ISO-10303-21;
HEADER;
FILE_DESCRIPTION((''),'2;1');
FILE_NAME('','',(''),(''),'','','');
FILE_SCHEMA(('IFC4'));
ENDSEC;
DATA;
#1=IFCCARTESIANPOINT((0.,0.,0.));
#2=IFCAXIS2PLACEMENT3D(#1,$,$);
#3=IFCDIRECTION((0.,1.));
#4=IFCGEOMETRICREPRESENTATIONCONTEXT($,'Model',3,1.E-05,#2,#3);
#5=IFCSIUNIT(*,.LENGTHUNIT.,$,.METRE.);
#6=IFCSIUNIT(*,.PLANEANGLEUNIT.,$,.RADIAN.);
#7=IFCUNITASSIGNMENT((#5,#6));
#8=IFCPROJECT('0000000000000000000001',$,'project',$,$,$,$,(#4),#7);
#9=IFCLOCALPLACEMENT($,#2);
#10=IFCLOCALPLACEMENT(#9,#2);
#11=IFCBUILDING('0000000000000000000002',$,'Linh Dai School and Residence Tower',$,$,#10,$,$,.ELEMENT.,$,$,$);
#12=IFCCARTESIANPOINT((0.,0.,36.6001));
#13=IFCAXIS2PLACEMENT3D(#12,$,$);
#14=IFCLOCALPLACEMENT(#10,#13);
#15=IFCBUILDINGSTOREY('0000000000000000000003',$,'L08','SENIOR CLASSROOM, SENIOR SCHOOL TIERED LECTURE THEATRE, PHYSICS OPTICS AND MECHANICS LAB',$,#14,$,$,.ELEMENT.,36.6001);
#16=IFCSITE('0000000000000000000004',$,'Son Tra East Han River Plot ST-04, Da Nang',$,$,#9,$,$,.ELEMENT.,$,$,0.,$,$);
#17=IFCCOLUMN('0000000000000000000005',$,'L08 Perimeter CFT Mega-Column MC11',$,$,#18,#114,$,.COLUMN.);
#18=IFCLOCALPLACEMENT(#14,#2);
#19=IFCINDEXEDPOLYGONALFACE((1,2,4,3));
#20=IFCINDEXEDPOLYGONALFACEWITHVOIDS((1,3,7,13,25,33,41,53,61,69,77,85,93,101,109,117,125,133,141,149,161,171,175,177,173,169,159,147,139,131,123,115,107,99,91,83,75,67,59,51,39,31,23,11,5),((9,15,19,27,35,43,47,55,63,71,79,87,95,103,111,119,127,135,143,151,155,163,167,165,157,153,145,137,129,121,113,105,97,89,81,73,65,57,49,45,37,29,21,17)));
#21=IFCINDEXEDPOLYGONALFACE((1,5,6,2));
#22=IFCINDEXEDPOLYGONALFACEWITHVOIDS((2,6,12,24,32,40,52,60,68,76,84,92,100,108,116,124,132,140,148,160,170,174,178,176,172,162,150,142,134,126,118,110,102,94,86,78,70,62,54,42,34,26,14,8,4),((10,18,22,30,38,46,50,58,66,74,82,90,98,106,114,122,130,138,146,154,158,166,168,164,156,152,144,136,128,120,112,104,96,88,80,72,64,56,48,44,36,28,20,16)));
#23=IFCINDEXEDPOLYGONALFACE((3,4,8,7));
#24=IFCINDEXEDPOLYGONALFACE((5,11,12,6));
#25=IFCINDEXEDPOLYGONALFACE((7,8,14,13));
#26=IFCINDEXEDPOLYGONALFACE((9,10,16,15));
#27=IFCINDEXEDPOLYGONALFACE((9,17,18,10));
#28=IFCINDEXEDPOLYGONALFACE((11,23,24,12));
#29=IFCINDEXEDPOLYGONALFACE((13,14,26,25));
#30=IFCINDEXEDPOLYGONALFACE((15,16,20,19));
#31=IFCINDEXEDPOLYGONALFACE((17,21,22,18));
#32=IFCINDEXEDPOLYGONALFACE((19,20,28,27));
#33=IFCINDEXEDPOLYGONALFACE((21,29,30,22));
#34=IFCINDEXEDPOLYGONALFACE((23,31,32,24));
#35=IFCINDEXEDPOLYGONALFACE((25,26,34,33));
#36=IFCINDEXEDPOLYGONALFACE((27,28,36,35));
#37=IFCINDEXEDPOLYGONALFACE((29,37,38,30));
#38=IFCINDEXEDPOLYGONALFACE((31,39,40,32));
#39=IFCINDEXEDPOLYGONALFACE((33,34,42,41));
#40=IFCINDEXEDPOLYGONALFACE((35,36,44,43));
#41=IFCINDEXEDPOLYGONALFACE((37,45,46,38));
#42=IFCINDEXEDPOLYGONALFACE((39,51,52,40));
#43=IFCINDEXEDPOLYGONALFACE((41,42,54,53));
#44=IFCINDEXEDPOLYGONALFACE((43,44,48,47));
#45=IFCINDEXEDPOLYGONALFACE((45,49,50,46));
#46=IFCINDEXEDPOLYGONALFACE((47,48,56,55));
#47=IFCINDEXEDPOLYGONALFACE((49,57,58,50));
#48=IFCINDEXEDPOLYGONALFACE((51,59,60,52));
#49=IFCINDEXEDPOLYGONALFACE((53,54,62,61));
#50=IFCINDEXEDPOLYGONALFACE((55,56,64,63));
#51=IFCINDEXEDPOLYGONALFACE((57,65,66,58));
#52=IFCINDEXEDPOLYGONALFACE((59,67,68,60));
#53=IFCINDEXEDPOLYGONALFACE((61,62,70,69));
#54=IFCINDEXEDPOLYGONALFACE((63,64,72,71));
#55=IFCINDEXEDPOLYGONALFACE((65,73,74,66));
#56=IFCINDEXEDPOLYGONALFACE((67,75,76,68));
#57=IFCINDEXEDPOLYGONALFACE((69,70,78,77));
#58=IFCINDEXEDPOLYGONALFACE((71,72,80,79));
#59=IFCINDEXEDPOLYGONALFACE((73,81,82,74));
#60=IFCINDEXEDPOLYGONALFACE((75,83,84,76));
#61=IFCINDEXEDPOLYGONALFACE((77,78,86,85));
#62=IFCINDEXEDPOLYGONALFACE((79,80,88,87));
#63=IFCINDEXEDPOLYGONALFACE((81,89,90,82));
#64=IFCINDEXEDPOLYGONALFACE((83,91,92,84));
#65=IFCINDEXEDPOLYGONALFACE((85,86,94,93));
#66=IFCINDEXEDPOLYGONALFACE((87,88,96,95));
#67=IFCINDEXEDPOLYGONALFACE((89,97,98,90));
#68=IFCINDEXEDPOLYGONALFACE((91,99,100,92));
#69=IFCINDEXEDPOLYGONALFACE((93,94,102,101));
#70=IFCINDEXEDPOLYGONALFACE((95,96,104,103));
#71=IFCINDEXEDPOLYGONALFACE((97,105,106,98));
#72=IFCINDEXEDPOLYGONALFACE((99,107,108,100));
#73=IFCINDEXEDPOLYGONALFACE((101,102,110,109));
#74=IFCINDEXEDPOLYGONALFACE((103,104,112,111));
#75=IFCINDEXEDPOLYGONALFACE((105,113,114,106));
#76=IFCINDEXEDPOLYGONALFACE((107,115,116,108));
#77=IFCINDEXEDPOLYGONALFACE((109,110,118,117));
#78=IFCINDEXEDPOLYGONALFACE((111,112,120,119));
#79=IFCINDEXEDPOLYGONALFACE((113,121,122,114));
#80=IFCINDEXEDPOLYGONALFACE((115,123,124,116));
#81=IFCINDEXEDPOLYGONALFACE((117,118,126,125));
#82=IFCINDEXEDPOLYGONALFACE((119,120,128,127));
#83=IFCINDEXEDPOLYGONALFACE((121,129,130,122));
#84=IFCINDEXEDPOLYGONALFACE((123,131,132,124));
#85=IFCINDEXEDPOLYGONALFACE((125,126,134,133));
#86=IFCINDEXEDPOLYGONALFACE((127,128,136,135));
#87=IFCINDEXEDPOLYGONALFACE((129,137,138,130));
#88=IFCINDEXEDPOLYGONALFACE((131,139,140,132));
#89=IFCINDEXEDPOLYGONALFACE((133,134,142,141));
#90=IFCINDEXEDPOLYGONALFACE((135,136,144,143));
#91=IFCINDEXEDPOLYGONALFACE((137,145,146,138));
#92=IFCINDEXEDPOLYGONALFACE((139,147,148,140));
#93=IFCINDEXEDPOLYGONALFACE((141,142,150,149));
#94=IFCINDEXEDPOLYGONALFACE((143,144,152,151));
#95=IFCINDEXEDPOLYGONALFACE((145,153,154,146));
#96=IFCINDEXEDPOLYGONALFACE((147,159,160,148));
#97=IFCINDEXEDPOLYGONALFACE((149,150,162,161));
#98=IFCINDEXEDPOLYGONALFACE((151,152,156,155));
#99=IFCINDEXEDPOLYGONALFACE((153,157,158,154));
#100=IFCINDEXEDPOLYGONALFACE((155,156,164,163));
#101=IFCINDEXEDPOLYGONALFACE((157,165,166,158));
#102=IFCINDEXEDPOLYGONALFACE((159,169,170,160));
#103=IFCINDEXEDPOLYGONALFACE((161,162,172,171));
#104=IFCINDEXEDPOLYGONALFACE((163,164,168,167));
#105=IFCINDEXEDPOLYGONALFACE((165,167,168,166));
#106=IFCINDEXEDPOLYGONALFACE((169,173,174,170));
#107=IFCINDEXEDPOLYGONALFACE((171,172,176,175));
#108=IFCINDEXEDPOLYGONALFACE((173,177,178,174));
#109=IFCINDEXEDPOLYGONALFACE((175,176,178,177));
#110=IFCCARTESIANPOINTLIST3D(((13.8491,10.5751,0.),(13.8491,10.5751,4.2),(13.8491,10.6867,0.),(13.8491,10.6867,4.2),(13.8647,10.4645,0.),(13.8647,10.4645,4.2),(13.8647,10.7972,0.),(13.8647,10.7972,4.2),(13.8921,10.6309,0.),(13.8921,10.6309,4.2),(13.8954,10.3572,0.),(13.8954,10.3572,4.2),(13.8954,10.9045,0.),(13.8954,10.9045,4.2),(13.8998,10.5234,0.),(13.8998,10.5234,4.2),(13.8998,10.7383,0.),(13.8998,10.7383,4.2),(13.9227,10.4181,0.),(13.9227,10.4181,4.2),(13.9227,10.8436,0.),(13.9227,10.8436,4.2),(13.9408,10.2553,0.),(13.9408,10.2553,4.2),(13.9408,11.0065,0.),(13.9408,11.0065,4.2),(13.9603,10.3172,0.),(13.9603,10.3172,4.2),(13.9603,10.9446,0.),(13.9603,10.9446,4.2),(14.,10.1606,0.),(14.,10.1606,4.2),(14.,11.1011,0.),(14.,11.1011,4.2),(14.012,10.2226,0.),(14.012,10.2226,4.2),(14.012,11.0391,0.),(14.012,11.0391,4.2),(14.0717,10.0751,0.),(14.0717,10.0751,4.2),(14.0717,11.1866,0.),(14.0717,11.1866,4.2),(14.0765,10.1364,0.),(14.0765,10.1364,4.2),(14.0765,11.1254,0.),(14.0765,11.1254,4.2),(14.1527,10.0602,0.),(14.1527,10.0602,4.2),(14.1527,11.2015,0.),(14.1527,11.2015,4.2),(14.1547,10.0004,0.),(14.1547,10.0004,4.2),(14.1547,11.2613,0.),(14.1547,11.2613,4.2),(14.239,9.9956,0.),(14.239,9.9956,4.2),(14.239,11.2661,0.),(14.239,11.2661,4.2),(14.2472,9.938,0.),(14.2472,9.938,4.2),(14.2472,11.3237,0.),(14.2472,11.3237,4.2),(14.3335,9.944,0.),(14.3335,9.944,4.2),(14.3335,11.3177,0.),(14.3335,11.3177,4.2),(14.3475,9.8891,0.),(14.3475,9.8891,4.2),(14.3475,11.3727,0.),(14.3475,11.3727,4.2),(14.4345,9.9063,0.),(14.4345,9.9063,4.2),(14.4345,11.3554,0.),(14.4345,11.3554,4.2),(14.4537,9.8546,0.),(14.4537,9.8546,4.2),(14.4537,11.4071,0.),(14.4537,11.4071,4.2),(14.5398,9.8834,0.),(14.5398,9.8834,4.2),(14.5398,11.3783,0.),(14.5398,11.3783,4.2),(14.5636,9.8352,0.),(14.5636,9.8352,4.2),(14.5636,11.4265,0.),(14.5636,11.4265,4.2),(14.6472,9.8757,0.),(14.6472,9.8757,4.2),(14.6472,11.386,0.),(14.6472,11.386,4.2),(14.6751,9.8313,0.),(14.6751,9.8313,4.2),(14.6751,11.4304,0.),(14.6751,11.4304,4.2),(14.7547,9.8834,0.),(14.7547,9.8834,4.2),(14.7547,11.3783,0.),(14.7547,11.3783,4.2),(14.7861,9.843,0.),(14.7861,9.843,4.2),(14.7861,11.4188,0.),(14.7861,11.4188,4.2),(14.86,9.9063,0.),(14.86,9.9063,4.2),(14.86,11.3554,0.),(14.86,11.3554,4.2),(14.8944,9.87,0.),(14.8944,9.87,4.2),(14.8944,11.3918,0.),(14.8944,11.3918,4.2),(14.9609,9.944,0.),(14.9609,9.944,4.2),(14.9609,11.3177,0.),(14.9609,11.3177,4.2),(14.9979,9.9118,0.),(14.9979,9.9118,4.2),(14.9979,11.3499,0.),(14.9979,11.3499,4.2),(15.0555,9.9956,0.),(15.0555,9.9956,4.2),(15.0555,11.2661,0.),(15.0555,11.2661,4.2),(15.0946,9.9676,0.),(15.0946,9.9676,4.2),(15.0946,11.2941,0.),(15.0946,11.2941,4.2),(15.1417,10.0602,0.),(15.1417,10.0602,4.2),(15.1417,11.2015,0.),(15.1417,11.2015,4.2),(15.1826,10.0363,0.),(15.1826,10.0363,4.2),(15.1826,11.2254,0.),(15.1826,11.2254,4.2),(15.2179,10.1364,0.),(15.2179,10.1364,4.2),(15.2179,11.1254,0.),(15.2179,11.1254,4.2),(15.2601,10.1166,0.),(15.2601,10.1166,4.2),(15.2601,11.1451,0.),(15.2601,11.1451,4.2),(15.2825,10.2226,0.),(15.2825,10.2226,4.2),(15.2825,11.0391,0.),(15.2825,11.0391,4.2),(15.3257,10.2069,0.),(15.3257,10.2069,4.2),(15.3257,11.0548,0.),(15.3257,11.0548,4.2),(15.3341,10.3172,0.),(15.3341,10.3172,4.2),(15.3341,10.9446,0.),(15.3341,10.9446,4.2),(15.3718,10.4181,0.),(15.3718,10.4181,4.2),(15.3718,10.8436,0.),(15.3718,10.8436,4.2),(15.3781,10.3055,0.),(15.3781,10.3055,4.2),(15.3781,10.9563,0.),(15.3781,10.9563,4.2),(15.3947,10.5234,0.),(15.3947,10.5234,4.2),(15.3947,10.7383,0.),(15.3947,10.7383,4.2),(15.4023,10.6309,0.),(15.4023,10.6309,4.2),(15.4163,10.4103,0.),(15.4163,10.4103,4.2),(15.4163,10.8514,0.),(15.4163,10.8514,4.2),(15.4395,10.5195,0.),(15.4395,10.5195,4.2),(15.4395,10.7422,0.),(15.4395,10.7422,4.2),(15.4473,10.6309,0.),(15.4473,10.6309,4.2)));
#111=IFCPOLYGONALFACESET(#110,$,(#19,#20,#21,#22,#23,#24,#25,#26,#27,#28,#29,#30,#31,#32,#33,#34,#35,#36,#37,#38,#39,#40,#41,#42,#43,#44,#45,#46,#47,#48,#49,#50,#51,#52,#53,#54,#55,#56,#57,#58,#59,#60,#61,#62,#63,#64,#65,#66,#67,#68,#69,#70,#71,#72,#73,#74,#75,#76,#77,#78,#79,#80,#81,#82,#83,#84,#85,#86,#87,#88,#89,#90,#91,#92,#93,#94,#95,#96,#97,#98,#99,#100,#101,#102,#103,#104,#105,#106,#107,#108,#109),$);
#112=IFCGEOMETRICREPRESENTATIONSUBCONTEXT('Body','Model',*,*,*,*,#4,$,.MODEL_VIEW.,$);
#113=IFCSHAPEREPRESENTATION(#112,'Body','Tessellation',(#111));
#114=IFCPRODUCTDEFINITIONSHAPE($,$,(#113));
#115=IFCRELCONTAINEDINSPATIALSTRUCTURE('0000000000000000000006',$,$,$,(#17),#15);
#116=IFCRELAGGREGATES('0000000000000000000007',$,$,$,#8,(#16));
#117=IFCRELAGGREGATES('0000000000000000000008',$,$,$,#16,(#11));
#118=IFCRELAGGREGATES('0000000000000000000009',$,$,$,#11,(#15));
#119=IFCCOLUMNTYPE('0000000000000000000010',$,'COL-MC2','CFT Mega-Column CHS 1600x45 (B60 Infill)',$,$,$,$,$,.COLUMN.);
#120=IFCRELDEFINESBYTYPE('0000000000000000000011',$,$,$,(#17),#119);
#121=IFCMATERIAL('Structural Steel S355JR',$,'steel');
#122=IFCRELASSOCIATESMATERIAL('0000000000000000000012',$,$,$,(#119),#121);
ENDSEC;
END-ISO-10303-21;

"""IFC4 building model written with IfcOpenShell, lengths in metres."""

from ifc_helpers import new_model, si_unit, direction, frame, origin, origin_2d, place, context, subcontext, project, spatial, hollow_circle, extrude, material, material_profile, profile_set, type_object, element, save


model = new_model("IFC4")

# Units and contexts
model_context = context("Model", 3, precision=1e-05, world=origin(), true_north=direction((0.0, 1.0)))
body_context = subcontext(model_context, "Body", "Model", "MODEL_VIEW")
ifc_project = project(units=[si_unit("LENGTHUNIT", "METRE"), si_unit("PLANEANGLEUNIT", "RADIAN")], contexts=[model_context])

# Site, building, storey
site_placement = place(None, origin())
site = spatial("IfcSite", under=ifc_project, at=site_placement, Name="Son Tra East Han River Plot ST-04, Da Nang", CompositionType="ELEMENT", RefElevation=0.0)
building_placement = place(site_placement, origin())
building = spatial("IfcBuilding", under=site, at=building_placement, Name="Linh Dai School and Residence Tower", CompositionType="ELEMENT")
storey_placement = place(building_placement, frame((0.0, 0.0, 36.6001)))
storey = spatial("IfcBuildingStorey", under=building, at=storey_placement, Name="L08", Description="SENIOR CLASSROOM, SENIOR SCHOOL TIERED LECTURE THEATRE, PHYSICS OPTICS AND MECHANICS LAB", CompositionType="ELEMENT", Elevation=36.6001)

# Column
ifc_material_1 = material(Name="Structural Steel S355JR", Category="steel")
ifc_material_profile_1 = material_profile(ifc_material_1, hollow_circle(Radius=0.8, WallThickness=0.0449, at=origin_2d()), Name="CHS 1600x45")
ifc_profile_set_1 = profile_set([ifc_material_profile_1], Name="Structural Steel S355JR")
column_type = type_object("IfcColumnType", Name="COL-MC2", Description="CFT Mega-Column CHS 1600x45 (B60 Infill)", PredefinedType="COLUMN", material=ifc_profile_set_1)
for number, where, z_axis, x_axis, name in (
    (1, (14.6472, 10.6309, 0.0), (0.0, 0.0, 1.0), (1.0, 0.0, 0.0), "L08 Perimeter CFT Mega-Column MC11"),
):
    element("IfcColumn", number, at=place(storey_placement, frame(where, z_axis=z_axis, x_axis=x_axis)), inside=storey, type_object=column_type, Name=name, PredefinedType="COLUMN", context=body_context, shape_type="SweptSolid", body=[
        extrude(hollow_circle(Radius=0.8, WallThickness=0.0449, at=origin_2d()), origin(), (0.0, 0.0, 1.0), 4.2),
    ])

save(model, "model.ifc")
